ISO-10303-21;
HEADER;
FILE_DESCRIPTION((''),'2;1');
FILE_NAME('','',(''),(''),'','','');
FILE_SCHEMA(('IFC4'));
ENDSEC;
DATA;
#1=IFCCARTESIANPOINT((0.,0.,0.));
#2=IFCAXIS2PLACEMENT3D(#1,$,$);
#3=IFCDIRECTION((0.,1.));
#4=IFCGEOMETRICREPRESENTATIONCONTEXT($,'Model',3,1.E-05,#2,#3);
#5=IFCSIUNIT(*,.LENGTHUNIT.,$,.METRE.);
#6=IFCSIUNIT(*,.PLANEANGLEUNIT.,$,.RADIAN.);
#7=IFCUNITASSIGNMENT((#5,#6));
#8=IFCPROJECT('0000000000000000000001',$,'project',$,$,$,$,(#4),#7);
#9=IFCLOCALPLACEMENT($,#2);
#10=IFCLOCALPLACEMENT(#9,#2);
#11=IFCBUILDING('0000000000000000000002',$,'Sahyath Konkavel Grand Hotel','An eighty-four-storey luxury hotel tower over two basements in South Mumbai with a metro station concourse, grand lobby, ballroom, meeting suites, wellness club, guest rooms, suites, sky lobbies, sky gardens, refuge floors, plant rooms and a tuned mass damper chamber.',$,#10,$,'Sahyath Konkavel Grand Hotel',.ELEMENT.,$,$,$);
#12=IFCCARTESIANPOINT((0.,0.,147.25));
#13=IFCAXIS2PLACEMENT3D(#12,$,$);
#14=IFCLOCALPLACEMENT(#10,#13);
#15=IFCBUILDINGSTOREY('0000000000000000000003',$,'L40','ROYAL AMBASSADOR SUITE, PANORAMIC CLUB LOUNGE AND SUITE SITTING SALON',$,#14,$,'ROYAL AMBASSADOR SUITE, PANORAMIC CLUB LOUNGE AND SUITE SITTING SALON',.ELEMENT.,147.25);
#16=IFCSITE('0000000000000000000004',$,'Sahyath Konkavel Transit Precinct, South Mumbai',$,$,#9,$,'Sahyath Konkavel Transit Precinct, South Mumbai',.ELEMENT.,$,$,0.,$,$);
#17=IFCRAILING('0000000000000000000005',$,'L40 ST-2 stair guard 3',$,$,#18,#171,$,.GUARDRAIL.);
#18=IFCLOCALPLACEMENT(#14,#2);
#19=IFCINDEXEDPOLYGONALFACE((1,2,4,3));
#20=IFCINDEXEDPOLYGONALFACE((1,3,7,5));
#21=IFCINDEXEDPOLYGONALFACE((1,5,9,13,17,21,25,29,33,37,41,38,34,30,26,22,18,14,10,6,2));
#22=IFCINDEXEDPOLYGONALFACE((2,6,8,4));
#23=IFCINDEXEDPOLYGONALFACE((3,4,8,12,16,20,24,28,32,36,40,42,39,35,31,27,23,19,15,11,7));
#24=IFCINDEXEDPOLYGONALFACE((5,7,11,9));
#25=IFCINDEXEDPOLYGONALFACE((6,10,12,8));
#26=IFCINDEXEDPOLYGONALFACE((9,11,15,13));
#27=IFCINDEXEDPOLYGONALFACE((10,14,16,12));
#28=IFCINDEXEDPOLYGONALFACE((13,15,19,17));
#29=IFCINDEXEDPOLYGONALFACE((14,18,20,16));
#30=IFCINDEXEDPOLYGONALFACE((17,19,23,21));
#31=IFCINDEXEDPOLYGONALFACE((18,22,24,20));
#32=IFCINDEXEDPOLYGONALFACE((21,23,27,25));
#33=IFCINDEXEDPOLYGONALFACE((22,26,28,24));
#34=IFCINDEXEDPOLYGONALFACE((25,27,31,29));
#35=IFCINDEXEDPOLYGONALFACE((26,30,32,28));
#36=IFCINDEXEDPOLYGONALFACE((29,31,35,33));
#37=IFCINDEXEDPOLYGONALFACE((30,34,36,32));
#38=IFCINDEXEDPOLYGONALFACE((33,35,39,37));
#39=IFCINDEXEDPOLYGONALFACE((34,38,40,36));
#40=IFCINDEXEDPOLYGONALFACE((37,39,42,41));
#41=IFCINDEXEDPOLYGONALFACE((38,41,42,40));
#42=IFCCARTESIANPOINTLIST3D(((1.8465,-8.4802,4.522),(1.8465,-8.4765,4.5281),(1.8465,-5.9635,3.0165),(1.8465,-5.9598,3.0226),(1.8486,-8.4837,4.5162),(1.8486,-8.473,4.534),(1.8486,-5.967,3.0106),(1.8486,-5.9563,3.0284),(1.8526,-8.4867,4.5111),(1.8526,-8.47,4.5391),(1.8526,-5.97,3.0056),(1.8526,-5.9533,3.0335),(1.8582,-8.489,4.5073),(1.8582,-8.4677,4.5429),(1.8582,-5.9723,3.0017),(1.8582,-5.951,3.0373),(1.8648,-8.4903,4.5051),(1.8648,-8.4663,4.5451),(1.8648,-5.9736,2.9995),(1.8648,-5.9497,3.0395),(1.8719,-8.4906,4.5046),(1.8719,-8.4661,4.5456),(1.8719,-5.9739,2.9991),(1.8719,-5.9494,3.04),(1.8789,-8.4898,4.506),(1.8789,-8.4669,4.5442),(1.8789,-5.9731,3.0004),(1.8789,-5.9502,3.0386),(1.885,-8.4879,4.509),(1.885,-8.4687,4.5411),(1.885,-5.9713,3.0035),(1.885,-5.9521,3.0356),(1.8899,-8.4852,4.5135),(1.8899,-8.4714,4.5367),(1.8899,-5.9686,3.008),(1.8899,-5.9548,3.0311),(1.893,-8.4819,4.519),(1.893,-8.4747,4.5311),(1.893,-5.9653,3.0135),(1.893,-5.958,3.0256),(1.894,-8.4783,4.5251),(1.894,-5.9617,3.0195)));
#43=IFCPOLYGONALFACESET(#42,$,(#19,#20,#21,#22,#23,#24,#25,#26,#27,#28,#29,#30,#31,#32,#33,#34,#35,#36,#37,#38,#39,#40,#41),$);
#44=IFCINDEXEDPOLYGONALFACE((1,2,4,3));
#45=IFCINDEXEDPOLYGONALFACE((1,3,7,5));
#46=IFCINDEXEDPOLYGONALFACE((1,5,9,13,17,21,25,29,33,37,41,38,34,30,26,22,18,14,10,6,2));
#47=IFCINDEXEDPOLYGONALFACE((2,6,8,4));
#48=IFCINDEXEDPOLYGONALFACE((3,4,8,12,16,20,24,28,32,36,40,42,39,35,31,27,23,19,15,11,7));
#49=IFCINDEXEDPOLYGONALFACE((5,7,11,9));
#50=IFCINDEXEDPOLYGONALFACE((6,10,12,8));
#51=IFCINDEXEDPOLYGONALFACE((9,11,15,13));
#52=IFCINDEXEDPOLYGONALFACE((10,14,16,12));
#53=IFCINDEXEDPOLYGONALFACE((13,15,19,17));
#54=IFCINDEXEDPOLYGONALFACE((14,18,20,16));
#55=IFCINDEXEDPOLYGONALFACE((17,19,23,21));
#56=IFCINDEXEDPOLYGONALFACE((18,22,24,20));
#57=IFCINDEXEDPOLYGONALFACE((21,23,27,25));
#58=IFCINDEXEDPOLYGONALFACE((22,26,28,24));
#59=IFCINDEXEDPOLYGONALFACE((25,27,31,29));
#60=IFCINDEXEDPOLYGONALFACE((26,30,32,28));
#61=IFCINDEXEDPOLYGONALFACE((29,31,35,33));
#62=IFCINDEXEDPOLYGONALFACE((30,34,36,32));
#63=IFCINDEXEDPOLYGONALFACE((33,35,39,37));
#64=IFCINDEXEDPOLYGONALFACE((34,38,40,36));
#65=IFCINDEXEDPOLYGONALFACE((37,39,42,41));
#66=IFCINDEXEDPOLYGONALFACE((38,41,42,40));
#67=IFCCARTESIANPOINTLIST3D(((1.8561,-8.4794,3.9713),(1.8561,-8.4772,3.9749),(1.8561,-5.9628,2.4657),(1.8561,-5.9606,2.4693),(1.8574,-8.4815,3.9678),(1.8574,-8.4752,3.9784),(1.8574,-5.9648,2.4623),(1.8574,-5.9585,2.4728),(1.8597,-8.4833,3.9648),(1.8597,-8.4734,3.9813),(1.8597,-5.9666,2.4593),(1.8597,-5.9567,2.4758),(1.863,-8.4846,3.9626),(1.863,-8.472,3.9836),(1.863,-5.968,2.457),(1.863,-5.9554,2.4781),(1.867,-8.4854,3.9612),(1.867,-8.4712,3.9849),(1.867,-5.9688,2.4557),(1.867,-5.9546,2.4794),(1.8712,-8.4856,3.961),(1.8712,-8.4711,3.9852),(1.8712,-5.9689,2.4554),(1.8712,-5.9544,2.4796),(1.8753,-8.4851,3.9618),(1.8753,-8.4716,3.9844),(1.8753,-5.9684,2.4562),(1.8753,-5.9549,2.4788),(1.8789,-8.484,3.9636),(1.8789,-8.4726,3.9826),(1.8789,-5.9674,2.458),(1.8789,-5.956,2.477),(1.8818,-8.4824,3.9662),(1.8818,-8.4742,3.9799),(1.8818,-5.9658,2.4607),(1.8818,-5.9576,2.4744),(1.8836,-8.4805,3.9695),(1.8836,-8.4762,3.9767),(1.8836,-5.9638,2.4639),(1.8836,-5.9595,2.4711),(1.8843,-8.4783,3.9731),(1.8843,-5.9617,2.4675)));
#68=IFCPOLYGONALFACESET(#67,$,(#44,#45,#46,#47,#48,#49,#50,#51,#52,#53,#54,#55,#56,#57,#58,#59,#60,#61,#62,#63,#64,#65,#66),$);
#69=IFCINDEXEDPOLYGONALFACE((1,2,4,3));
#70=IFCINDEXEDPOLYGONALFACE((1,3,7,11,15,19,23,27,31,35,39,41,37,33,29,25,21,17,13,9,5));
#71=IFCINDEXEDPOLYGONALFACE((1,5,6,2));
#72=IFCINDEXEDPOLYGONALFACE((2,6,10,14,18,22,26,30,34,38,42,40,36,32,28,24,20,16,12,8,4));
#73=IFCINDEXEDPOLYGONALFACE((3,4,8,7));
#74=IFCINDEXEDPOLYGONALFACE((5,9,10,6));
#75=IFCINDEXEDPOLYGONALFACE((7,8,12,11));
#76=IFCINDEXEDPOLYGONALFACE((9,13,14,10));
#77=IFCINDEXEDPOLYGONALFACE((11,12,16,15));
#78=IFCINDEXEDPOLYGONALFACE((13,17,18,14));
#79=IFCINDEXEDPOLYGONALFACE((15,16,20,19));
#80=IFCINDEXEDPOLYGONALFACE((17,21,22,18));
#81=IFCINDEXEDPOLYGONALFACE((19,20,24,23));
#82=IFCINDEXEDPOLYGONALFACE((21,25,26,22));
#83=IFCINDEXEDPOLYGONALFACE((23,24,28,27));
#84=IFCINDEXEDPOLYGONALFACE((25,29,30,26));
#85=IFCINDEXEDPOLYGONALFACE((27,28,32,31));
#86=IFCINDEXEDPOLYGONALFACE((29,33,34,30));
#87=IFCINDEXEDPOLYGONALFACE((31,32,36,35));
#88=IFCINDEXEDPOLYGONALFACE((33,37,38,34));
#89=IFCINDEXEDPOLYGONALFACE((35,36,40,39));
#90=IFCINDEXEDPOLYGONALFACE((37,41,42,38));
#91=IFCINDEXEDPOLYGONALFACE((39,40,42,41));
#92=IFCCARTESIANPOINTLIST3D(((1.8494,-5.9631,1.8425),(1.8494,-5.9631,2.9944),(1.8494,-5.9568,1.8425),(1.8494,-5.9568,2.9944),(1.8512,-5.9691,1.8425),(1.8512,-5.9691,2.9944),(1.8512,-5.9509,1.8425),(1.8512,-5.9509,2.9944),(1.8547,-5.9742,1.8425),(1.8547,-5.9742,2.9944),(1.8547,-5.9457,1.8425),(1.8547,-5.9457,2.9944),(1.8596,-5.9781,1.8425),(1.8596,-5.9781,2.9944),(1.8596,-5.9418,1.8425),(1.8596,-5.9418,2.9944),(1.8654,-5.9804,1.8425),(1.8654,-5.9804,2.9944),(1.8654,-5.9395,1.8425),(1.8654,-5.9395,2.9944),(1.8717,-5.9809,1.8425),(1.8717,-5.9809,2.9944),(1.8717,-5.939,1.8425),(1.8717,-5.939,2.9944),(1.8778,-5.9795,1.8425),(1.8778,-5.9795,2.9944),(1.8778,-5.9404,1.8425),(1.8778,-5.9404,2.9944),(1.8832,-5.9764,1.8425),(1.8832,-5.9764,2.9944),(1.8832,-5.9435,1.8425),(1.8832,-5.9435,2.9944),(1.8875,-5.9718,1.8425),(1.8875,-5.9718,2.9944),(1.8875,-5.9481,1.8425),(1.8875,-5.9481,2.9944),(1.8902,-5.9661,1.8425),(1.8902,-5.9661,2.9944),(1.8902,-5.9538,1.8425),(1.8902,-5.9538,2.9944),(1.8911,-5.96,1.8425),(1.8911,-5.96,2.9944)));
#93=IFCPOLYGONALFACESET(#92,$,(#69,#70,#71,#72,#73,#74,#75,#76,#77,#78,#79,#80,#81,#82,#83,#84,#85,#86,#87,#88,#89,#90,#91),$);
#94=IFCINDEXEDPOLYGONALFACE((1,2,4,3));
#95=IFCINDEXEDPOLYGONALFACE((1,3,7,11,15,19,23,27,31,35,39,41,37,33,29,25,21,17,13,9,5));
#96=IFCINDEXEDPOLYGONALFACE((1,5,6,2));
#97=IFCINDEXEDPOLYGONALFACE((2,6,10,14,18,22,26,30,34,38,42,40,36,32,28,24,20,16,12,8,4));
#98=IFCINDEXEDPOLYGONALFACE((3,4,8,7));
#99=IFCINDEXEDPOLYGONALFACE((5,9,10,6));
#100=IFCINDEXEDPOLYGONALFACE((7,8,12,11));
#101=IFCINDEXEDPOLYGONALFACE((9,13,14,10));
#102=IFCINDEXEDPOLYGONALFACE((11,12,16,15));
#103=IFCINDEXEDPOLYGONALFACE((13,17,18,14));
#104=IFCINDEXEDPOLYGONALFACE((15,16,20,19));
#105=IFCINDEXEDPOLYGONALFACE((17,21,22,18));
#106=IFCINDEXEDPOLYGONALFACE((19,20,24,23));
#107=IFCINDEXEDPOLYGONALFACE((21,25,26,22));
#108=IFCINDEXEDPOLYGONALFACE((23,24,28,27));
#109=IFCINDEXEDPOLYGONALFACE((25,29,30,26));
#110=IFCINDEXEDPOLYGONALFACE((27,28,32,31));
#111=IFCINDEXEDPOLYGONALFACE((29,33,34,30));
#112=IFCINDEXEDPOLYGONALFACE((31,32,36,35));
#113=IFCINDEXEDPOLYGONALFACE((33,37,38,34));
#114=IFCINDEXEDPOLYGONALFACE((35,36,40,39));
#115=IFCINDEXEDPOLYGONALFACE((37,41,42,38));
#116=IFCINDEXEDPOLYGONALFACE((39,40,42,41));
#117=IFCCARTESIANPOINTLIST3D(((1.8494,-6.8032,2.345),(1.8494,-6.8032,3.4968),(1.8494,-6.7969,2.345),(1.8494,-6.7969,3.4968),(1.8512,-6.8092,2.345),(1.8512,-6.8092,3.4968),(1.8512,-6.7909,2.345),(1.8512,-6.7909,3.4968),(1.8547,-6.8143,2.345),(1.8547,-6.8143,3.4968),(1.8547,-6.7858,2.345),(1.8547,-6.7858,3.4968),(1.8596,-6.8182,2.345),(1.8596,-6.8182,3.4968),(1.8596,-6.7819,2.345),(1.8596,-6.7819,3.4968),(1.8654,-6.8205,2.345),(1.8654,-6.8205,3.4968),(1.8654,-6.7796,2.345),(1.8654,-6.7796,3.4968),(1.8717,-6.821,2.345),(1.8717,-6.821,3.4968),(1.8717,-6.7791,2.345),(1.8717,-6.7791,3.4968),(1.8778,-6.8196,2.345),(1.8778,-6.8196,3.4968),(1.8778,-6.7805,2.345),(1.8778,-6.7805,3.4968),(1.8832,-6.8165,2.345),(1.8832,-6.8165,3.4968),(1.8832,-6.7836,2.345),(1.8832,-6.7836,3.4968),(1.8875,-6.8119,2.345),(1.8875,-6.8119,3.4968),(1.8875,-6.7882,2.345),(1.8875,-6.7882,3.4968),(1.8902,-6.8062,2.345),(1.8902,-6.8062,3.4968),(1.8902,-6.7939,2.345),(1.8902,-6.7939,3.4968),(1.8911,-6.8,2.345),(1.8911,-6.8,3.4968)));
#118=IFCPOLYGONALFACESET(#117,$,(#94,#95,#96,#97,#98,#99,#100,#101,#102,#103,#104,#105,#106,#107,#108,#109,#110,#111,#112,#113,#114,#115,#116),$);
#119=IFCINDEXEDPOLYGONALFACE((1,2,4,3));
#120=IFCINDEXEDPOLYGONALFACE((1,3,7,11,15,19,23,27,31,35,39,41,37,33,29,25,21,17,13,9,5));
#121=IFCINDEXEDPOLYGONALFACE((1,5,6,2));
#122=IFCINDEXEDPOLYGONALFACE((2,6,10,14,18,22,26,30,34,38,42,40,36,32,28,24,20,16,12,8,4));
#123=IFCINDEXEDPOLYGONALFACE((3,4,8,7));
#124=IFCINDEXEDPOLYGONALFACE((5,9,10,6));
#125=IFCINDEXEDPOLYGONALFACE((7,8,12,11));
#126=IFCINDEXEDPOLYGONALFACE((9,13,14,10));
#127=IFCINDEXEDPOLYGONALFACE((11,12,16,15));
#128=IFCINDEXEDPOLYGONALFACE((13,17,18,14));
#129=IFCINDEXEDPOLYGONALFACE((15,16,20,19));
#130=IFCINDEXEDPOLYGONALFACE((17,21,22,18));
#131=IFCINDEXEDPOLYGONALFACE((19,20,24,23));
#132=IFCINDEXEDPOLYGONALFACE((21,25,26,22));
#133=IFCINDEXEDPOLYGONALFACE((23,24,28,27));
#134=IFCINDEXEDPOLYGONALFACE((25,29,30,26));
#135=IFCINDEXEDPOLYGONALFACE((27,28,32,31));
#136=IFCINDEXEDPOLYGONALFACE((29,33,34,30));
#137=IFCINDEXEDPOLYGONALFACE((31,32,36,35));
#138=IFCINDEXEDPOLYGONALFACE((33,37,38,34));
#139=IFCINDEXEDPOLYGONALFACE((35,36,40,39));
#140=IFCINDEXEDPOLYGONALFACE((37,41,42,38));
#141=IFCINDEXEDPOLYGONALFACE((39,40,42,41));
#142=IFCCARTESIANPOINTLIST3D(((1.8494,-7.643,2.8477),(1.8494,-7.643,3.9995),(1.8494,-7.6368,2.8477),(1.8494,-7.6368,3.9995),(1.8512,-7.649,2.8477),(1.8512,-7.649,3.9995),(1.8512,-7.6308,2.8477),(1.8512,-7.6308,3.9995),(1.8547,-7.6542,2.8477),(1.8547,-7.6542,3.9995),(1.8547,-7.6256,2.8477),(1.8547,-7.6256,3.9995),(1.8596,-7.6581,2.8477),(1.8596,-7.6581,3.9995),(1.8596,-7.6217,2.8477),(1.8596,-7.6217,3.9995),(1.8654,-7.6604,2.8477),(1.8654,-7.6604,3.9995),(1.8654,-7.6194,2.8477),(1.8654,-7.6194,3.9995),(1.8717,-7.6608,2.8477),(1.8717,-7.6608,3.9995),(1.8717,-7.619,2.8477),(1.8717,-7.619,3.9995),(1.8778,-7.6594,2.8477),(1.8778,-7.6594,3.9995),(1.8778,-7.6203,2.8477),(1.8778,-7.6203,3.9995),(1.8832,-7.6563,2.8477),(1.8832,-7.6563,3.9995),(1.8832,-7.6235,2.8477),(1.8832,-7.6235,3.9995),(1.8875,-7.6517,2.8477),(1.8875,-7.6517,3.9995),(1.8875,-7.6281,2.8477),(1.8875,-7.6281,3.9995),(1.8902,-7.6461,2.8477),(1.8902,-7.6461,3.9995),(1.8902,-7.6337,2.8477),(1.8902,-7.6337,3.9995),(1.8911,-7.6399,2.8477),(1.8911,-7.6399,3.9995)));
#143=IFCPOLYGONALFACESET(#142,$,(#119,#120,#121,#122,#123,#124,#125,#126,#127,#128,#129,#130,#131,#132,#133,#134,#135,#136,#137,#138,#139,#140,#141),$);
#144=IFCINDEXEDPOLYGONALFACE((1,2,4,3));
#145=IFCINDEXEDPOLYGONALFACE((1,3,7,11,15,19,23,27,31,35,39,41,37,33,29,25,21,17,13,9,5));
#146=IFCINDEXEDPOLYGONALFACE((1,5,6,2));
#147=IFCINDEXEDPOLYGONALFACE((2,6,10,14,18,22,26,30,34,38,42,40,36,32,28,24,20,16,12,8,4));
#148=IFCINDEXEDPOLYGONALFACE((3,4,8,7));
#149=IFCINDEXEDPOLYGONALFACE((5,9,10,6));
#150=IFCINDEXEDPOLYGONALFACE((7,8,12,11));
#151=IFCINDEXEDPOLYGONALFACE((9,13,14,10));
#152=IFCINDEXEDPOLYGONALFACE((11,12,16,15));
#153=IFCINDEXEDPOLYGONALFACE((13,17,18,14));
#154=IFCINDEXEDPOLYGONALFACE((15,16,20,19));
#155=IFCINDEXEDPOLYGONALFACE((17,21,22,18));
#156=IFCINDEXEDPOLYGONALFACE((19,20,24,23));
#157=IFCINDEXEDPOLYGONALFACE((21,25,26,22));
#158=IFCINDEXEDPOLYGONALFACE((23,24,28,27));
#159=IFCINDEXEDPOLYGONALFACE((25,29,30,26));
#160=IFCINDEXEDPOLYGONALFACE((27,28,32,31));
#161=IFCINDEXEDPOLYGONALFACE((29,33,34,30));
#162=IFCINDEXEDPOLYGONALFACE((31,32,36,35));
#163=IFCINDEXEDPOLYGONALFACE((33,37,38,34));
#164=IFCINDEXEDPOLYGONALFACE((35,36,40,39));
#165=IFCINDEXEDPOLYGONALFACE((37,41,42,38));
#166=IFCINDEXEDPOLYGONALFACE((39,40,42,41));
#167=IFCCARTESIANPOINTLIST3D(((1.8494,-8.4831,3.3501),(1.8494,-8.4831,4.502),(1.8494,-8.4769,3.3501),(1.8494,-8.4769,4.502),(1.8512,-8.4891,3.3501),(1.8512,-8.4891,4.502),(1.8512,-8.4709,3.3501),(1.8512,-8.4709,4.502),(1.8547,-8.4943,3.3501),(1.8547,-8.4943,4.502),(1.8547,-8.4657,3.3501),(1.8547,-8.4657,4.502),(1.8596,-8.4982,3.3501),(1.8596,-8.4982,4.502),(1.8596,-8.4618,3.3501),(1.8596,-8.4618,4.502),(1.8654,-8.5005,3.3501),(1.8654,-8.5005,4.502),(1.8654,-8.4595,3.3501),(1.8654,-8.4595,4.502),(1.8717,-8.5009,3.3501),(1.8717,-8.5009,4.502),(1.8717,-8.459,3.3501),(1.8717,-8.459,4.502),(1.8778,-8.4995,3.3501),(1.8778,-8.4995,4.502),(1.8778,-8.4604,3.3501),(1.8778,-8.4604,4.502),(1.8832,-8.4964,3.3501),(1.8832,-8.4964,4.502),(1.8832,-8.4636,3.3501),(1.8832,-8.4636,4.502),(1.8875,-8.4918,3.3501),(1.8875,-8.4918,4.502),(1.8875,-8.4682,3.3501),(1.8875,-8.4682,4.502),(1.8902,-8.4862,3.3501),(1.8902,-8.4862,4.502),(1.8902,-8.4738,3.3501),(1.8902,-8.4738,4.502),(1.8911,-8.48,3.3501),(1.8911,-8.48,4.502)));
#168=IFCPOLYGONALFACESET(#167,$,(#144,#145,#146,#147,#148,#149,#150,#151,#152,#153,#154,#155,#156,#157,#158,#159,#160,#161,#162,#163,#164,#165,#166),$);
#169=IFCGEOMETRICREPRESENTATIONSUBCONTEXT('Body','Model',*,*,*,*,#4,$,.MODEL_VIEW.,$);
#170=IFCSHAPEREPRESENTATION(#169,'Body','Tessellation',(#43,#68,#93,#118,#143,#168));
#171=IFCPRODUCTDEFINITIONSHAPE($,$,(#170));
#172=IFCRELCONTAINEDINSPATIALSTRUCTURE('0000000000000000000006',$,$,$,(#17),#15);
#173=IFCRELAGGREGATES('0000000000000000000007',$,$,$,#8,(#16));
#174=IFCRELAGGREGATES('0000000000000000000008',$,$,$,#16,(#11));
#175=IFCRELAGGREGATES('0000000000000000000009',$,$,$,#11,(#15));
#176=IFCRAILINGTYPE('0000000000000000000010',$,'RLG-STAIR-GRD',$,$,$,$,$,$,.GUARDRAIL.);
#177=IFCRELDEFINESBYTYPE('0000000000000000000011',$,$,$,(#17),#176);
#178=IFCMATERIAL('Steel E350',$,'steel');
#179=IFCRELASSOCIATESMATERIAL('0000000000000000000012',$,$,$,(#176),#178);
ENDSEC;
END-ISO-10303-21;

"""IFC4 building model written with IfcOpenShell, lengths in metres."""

from ifc_helpers import new_model, si_unit, direction, frame, origin, origin_2d, place, context, subcontext, project, spatial, circle, extrude, material, type_object, element, save


model = new_model("IFC4")

# Units and contexts
model_context = context("Model", 3, precision=1e-05, world=origin(), true_north=direction((0.0, 1.0)))
body_context = subcontext(model_context, "Body", "Model", "MODEL_VIEW")
ifc_project = project(units=[si_unit("LENGTHUNIT", "METRE"), si_unit("PLANEANGLEUNIT", "RADIAN")], contexts=[model_context])

# Site, building, storey
site_placement = place(None, origin())
site = spatial("IfcSite", under=ifc_project, at=site_placement, Name="Sahyath Konkavel Transit Precinct, South Mumbai", LongName="Sahyath Konkavel Transit Precinct, South Mumbai", CompositionType="ELEMENT", RefElevation=0.0)
building_placement = place(site_placement, origin())
building = spatial("IfcBuilding", under=site, at=building_placement, Name="Sahyath Konkavel Grand Hotel", Description="An eighty-four-storey luxury hotel tower over two basements in South Mumbai with a metro station concourse, grand lobby, ballroom, meeting suites, wellness club, guest rooms, suites, sky lobbies, sky gardens, refuge floors, plant rooms and a tuned mass damper chamber.", LongName="Sahyath Konkavel Grand Hotel", CompositionType="ELEMENT")
storey_placement = place(building_placement, frame((0.0, 0.0, 147.25)))
storey = spatial("IfcBuildingStorey", under=building, at=storey_placement, Name="L40", Description="ROYAL AMBASSADOR SUITE, PANORAMIC CLUB LOUNGE AND SUITE SITTING SALON", LongName="ROYAL AMBASSADOR SUITE, PANORAMIC CLUB LOUNGE AND SUITE SITTING SALON", CompositionType="ELEMENT", Elevation=147.25)

# Shared definitions
ifc_material_1 = material(Name="Steel E350", Category="steel")

# Railing
railing_type_1 = type_object("IfcRailingType", Name="RLG-STAIR-GRD", PredefinedType="GUARDRAIL", material=ifc_material_1)
railing_1_placement = place(storey_placement, frame((1.8701, -5.96, 1.8425)))
element("IfcRailing", 1, at=railing_1_placement, inside=storey, type_object=railing_type_1, Name="L40 ST-2 stair guard 3", PredefinedType="GUARDRAIL", context=body_context, shape_type="SweptSolid", body=[
    extrude(circle(Radius=0.0239, at=origin_2d()), frame((0.0, -0.0017, 1.177), z_axis=(0.0, -0.85816, 0.513383), x_axis=(1.0, 0.0, 0.0)), (0.0, 0.0, 1.0), 2.9326),
    extrude(circle(Radius=0.0142, at=origin_2d()), frame((0.0, -0.0017, 0.625), z_axis=(0.0, -0.85816, 0.513383), x_axis=(1.0, 0.0, 0.0)), (0.0, 0.0, 1.0), 2.9326),
    extrude(circle(Radius=0.021, at=origin_2d()), origin(), (0.0, 0.0, 1.0), 1.1519),
    extrude(circle(Radius=0.021, at=origin_2d()), frame((0.0, -0.8401, 0.5024)), (0.0, 0.0, 1.0), 1.1519),
    extrude(circle(Radius=0.021, at=origin_2d()), frame((0.0, -1.6799, 1.0051)), (0.0, 0.0, 1.0), 1.1519),
    extrude(circle(Radius=0.021, at=origin_2d()), frame((0.0, -2.52, 1.5076)), (0.0, 0.0, 1.0), 1.1519),
])

save(model, "model.ifc")
